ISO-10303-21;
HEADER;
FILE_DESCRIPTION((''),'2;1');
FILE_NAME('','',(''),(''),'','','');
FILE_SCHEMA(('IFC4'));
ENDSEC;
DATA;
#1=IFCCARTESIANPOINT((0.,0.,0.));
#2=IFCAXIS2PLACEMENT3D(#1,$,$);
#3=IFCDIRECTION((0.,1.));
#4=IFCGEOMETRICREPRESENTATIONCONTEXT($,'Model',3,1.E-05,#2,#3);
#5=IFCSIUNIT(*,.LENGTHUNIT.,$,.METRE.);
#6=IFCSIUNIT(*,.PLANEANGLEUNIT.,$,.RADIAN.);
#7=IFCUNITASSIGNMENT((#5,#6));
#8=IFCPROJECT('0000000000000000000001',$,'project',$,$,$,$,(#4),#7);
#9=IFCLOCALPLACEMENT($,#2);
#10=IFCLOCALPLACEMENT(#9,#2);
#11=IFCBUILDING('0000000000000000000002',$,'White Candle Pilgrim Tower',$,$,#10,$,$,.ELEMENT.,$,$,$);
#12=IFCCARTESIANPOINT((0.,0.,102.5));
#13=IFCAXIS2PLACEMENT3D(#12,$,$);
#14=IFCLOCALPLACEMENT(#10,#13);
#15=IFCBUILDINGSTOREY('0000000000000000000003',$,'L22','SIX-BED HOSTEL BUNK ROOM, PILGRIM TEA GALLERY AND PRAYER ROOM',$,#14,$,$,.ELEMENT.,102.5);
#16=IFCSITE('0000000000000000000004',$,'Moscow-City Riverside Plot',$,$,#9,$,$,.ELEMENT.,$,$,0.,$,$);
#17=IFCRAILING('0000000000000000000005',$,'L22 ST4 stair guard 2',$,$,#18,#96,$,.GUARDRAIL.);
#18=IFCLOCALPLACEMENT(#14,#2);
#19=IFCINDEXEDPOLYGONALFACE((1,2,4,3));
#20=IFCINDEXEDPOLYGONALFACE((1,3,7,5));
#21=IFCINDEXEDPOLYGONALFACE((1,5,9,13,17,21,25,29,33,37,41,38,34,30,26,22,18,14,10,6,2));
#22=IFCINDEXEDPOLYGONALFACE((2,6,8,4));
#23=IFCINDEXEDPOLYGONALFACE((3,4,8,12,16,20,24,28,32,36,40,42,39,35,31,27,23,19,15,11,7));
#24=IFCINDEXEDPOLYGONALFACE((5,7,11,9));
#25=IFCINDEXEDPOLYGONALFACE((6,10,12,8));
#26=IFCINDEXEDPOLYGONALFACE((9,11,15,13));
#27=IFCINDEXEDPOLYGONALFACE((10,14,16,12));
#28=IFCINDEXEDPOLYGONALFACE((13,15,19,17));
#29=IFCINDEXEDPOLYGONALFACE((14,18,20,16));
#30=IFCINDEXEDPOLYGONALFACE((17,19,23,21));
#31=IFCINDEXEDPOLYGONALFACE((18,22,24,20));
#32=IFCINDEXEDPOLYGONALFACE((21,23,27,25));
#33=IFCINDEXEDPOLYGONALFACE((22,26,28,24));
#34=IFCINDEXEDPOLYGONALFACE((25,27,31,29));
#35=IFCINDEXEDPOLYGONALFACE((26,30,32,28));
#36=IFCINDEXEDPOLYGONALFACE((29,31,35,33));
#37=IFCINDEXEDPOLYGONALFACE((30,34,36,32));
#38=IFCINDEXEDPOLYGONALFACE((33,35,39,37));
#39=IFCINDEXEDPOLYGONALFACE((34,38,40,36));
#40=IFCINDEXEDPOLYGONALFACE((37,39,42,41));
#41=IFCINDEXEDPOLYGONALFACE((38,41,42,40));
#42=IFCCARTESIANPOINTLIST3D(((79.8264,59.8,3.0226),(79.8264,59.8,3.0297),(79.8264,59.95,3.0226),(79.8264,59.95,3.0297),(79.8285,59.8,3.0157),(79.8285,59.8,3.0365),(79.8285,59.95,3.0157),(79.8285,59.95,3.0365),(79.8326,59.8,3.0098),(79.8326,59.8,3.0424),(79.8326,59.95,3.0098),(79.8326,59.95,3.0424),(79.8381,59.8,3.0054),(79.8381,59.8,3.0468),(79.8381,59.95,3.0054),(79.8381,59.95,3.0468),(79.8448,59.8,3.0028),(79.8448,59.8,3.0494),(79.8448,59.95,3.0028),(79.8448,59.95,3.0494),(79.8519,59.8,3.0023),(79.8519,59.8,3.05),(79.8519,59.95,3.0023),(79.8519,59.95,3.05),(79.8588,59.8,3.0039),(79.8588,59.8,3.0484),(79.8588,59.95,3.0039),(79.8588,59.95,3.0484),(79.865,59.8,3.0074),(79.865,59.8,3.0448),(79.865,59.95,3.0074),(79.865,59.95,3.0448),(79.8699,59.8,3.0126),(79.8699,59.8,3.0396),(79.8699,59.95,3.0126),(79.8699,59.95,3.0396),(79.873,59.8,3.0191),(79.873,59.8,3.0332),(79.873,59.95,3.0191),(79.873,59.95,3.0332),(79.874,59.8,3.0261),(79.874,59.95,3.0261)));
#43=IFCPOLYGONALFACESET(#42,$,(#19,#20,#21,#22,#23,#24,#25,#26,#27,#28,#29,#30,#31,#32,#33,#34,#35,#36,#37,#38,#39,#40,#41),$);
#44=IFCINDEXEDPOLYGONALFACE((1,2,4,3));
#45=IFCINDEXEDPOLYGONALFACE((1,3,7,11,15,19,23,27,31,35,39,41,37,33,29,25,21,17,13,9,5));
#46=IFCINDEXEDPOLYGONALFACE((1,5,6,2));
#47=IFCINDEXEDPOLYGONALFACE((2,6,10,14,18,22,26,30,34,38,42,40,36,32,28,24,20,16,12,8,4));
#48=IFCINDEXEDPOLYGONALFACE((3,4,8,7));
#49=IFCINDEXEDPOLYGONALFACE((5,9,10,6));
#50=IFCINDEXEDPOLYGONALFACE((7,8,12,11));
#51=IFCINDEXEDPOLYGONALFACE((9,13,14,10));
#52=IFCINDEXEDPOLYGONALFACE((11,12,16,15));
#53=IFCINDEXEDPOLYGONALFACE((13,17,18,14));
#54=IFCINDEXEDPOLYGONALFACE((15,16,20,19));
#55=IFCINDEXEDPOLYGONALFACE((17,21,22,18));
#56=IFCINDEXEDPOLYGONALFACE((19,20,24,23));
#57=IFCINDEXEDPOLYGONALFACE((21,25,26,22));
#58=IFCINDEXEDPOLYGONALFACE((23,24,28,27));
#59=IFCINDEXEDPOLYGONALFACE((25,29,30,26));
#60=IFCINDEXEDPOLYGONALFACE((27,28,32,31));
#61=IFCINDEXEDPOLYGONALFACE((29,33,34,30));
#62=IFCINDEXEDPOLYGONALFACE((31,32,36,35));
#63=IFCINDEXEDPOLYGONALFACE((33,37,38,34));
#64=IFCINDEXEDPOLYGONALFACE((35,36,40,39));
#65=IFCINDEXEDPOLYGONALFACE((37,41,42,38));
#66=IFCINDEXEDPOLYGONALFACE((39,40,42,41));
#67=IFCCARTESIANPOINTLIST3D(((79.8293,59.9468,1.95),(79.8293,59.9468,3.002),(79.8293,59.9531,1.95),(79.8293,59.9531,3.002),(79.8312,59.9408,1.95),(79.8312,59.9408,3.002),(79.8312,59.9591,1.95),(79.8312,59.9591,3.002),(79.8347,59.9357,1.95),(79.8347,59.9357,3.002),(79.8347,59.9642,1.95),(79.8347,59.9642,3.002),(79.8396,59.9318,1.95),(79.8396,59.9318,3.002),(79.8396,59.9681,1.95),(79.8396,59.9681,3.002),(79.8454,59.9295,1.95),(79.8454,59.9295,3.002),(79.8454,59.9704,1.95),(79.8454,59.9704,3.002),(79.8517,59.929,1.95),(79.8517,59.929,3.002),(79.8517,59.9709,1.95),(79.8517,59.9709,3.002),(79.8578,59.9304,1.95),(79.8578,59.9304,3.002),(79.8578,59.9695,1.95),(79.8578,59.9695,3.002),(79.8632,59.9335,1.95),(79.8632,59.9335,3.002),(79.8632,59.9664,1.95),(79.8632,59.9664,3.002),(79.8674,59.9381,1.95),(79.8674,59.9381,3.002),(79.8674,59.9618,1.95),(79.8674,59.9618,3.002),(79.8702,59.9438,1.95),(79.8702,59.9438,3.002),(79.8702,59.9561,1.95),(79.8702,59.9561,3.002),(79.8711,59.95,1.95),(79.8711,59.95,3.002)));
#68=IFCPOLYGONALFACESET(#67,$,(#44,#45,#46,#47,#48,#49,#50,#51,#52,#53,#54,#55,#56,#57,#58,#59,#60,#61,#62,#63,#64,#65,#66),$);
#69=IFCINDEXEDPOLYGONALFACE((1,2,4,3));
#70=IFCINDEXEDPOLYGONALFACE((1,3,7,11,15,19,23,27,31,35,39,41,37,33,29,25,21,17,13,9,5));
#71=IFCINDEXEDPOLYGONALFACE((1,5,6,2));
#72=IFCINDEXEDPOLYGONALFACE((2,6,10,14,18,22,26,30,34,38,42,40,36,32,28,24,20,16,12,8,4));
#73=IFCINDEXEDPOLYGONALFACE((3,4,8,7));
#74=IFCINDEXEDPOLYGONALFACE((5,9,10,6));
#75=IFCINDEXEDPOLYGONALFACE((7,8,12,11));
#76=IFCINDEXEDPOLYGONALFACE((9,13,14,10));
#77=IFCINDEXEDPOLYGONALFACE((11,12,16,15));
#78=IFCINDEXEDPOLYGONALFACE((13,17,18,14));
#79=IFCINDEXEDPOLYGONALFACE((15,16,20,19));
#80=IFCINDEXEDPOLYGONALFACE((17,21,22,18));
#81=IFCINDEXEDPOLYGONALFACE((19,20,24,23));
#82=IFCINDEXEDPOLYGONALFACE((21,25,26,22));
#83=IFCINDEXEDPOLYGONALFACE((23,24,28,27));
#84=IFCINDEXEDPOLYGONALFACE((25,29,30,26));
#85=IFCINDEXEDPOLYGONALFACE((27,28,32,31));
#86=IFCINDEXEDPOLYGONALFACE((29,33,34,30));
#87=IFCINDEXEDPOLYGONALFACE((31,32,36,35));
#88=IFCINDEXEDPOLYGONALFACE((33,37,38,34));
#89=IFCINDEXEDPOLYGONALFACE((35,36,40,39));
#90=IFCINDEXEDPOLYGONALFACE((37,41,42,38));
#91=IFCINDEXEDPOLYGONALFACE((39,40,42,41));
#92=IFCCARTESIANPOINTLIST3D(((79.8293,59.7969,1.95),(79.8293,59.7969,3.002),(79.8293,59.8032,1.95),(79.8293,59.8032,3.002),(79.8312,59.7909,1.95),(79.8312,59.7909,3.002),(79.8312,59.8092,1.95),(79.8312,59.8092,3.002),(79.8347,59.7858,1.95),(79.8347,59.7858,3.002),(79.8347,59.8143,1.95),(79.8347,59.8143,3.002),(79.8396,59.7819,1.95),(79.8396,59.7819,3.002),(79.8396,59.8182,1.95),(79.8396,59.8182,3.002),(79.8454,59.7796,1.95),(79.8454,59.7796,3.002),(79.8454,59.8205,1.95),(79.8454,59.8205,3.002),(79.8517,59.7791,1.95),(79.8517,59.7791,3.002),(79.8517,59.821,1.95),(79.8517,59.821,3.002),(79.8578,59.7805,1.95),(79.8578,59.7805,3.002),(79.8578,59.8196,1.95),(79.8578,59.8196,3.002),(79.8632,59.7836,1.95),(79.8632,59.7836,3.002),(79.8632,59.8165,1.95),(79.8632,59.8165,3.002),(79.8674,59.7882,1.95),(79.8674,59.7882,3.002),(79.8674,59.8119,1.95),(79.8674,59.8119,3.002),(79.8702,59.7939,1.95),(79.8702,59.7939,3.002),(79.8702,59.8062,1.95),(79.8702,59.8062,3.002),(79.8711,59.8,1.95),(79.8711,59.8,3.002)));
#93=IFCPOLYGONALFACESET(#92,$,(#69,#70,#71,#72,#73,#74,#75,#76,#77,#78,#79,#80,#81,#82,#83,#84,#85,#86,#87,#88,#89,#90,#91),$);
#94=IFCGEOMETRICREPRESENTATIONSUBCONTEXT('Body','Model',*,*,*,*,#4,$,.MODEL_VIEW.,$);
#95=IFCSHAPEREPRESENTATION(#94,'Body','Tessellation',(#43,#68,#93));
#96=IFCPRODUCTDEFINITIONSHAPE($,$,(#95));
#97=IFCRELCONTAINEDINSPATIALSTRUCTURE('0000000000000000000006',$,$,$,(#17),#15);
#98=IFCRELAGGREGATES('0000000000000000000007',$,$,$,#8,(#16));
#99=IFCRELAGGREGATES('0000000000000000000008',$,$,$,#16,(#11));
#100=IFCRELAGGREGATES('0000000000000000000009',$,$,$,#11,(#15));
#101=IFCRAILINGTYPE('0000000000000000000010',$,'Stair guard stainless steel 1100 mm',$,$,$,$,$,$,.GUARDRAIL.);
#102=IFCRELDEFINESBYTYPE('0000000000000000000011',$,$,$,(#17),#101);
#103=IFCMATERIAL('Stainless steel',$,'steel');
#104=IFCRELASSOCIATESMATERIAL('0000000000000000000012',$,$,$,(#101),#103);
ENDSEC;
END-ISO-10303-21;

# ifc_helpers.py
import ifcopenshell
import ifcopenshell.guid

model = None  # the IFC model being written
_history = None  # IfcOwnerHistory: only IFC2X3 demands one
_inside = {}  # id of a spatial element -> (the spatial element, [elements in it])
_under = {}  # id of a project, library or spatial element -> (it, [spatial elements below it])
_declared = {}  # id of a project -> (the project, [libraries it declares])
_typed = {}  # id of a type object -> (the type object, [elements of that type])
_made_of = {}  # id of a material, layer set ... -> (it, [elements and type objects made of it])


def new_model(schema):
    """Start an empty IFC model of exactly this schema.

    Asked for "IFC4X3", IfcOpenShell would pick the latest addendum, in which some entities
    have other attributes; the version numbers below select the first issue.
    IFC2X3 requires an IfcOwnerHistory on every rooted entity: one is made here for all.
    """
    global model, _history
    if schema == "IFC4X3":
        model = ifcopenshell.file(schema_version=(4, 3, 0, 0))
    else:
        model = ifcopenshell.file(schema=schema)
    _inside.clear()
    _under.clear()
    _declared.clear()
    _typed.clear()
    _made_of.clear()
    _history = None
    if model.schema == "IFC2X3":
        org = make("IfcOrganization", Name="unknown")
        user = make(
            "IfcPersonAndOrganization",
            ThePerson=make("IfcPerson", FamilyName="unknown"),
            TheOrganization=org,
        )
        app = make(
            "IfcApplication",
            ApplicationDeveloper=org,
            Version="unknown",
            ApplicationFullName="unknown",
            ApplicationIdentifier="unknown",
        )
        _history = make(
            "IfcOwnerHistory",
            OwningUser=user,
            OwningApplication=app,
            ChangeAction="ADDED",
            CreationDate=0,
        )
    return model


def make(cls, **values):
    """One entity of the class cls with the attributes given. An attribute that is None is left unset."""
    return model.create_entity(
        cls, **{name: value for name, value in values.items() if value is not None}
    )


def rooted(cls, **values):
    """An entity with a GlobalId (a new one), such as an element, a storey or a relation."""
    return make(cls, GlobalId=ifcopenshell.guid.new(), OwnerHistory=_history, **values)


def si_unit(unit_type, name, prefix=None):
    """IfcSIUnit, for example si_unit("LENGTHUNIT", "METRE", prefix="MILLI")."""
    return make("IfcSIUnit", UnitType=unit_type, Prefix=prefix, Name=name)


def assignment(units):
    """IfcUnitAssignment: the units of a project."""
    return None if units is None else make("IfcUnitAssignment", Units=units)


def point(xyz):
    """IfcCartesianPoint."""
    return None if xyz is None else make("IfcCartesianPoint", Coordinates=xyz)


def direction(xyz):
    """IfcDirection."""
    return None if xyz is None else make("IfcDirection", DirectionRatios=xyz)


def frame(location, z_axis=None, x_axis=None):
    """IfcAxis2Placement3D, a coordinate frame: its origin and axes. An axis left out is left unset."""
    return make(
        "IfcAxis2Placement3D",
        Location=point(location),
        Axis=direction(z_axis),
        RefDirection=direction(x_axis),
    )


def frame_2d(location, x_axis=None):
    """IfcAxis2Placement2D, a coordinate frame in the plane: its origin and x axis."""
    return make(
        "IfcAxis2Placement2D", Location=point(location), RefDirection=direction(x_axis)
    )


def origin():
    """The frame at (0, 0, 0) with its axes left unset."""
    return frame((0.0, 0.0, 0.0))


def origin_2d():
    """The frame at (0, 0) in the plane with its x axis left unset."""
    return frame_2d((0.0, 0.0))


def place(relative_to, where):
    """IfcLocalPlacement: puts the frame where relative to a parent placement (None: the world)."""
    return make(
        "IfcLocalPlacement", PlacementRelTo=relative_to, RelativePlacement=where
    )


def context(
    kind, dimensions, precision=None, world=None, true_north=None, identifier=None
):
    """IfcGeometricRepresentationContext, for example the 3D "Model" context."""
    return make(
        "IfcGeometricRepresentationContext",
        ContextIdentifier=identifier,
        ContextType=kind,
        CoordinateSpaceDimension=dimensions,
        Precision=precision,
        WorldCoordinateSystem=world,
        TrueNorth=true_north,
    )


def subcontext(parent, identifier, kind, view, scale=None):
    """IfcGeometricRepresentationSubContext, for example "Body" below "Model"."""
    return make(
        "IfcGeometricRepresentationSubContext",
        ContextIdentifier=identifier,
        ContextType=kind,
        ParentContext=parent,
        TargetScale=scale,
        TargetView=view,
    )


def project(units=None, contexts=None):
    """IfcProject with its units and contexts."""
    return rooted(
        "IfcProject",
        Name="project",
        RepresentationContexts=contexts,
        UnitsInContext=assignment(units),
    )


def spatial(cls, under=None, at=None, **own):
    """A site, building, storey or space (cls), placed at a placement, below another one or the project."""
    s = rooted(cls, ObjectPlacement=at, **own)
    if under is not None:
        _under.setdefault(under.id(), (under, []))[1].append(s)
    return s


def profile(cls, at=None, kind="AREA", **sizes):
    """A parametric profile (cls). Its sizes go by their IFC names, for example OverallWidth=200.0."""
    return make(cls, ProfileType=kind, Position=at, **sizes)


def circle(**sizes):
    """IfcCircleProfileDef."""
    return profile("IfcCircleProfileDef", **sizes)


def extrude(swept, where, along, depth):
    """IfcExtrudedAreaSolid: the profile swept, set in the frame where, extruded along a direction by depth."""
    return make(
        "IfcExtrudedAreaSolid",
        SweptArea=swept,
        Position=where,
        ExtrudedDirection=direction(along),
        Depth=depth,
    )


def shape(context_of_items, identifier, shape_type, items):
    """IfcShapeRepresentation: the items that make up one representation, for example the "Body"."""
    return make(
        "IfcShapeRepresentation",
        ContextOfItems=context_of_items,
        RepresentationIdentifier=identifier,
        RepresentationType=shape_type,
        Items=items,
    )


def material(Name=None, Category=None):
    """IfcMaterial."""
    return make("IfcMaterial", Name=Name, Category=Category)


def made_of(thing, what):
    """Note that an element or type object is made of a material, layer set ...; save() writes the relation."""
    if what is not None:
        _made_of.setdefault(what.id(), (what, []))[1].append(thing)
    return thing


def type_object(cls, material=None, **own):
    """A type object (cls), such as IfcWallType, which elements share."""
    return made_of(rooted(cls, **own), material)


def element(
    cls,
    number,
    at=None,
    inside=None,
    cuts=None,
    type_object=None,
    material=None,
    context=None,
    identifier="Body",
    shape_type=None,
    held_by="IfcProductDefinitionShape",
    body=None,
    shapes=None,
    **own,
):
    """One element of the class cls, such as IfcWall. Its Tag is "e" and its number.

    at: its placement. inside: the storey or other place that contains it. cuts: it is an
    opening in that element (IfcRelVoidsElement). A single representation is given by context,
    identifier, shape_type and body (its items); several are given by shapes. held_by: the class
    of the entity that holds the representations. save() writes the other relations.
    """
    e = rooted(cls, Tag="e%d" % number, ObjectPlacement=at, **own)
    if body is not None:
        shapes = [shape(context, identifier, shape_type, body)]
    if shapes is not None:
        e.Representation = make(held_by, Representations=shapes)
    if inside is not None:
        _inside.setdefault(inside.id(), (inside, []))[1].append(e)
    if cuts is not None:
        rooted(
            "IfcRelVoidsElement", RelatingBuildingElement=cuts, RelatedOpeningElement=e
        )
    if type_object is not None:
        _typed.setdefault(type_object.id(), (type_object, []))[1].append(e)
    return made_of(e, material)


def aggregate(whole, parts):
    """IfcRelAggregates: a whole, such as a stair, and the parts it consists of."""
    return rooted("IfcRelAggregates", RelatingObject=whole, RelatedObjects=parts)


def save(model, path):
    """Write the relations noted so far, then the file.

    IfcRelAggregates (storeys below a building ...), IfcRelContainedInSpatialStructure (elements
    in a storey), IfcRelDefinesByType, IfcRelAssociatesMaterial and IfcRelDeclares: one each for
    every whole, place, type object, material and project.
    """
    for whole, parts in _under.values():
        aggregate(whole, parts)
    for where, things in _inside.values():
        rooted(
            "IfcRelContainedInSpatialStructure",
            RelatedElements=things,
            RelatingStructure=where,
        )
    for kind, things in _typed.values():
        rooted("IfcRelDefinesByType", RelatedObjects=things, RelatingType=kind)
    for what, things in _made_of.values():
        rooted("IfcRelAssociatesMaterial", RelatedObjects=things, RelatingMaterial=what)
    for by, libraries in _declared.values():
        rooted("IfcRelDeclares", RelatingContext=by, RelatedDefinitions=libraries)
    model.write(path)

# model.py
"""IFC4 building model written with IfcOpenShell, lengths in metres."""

from ifc_helpers import new_model, si_unit, direction, frame, origin, origin_2d, place, context, subcontext, project, spatial, circle, extrude, material, type_object, element, save


model = new_model("IFC4")

# Units and contexts
model_context = context("Model", 3, precision=1e-05, world=origin(), true_north=direction((0.0, 1.0)))
body_context = subcontext(model_context, "Body", "Model", "MODEL_VIEW")
ifc_project = project(units=[si_unit("LENGTHUNIT", "METRE"), si_unit("PLANEANGLEUNIT", "RADIAN")], contexts=[model_context])

# Site, building, storey
site_placement = place(None, origin())
site = spatial("IfcSite", under=ifc_project, at=site_placement, Name="Moscow-City Riverside Plot", CompositionType="ELEMENT", RefElevation=0.0)
building_placement = place(site_placement, origin())
building = spatial("IfcBuilding", under=site, at=building_placement, Name="White Candle Pilgrim Tower", CompositionType="ELEMENT")
storey_placement = place(building_placement, frame((0.0, 0.0, 102.5)))
storey = spatial("IfcBuildingStorey", under=building, at=storey_placement, Name="L22", Description="SIX-BED HOSTEL BUNK ROOM, PILGRIM TEA GALLERY AND PRAYER ROOM", CompositionType="ELEMENT", Elevation=102.5)

# Railing
ifc_material_1 = material(Name="Stainless steel", Category="steel")
railing_type_1 = type_object("IfcRailingType", Name="Stair guard stainless steel 1100 mm", PredefinedType="GUARDRAIL", material=ifc_material_1)
railing_1_placement = place(storey_placement, frame((79.8501, 59.95, 1.95)))
element("IfcRailing", 1, at=railing_1_placement, inside=storey, type_object=railing_type_1, Name="L22 ST4 stair guard 2", PredefinedType="GUARDRAIL", context=body_context, shape_type="SweptSolid", body=[
    extrude(circle(Radius=0.0239, at=origin_2d()), frame((0.0, 0.0, 1.0762), z_axis=(0.0, -1.0, 0.0), x_axis=(1.0, 0.0, 0.0)), (0.0, 0.0, 1.0), 0.1499),
    extrude(circle(Radius=0.021, at=origin_2d()), origin(), (0.0, 0.0, 1.0), 1.052),
    extrude(circle(Radius=0.021, at=origin_2d()), frame((0.0, -0.1499, 0.0)), (0.0, 0.0, 1.0), 1.052),
])

save(model, "model.ifc")
